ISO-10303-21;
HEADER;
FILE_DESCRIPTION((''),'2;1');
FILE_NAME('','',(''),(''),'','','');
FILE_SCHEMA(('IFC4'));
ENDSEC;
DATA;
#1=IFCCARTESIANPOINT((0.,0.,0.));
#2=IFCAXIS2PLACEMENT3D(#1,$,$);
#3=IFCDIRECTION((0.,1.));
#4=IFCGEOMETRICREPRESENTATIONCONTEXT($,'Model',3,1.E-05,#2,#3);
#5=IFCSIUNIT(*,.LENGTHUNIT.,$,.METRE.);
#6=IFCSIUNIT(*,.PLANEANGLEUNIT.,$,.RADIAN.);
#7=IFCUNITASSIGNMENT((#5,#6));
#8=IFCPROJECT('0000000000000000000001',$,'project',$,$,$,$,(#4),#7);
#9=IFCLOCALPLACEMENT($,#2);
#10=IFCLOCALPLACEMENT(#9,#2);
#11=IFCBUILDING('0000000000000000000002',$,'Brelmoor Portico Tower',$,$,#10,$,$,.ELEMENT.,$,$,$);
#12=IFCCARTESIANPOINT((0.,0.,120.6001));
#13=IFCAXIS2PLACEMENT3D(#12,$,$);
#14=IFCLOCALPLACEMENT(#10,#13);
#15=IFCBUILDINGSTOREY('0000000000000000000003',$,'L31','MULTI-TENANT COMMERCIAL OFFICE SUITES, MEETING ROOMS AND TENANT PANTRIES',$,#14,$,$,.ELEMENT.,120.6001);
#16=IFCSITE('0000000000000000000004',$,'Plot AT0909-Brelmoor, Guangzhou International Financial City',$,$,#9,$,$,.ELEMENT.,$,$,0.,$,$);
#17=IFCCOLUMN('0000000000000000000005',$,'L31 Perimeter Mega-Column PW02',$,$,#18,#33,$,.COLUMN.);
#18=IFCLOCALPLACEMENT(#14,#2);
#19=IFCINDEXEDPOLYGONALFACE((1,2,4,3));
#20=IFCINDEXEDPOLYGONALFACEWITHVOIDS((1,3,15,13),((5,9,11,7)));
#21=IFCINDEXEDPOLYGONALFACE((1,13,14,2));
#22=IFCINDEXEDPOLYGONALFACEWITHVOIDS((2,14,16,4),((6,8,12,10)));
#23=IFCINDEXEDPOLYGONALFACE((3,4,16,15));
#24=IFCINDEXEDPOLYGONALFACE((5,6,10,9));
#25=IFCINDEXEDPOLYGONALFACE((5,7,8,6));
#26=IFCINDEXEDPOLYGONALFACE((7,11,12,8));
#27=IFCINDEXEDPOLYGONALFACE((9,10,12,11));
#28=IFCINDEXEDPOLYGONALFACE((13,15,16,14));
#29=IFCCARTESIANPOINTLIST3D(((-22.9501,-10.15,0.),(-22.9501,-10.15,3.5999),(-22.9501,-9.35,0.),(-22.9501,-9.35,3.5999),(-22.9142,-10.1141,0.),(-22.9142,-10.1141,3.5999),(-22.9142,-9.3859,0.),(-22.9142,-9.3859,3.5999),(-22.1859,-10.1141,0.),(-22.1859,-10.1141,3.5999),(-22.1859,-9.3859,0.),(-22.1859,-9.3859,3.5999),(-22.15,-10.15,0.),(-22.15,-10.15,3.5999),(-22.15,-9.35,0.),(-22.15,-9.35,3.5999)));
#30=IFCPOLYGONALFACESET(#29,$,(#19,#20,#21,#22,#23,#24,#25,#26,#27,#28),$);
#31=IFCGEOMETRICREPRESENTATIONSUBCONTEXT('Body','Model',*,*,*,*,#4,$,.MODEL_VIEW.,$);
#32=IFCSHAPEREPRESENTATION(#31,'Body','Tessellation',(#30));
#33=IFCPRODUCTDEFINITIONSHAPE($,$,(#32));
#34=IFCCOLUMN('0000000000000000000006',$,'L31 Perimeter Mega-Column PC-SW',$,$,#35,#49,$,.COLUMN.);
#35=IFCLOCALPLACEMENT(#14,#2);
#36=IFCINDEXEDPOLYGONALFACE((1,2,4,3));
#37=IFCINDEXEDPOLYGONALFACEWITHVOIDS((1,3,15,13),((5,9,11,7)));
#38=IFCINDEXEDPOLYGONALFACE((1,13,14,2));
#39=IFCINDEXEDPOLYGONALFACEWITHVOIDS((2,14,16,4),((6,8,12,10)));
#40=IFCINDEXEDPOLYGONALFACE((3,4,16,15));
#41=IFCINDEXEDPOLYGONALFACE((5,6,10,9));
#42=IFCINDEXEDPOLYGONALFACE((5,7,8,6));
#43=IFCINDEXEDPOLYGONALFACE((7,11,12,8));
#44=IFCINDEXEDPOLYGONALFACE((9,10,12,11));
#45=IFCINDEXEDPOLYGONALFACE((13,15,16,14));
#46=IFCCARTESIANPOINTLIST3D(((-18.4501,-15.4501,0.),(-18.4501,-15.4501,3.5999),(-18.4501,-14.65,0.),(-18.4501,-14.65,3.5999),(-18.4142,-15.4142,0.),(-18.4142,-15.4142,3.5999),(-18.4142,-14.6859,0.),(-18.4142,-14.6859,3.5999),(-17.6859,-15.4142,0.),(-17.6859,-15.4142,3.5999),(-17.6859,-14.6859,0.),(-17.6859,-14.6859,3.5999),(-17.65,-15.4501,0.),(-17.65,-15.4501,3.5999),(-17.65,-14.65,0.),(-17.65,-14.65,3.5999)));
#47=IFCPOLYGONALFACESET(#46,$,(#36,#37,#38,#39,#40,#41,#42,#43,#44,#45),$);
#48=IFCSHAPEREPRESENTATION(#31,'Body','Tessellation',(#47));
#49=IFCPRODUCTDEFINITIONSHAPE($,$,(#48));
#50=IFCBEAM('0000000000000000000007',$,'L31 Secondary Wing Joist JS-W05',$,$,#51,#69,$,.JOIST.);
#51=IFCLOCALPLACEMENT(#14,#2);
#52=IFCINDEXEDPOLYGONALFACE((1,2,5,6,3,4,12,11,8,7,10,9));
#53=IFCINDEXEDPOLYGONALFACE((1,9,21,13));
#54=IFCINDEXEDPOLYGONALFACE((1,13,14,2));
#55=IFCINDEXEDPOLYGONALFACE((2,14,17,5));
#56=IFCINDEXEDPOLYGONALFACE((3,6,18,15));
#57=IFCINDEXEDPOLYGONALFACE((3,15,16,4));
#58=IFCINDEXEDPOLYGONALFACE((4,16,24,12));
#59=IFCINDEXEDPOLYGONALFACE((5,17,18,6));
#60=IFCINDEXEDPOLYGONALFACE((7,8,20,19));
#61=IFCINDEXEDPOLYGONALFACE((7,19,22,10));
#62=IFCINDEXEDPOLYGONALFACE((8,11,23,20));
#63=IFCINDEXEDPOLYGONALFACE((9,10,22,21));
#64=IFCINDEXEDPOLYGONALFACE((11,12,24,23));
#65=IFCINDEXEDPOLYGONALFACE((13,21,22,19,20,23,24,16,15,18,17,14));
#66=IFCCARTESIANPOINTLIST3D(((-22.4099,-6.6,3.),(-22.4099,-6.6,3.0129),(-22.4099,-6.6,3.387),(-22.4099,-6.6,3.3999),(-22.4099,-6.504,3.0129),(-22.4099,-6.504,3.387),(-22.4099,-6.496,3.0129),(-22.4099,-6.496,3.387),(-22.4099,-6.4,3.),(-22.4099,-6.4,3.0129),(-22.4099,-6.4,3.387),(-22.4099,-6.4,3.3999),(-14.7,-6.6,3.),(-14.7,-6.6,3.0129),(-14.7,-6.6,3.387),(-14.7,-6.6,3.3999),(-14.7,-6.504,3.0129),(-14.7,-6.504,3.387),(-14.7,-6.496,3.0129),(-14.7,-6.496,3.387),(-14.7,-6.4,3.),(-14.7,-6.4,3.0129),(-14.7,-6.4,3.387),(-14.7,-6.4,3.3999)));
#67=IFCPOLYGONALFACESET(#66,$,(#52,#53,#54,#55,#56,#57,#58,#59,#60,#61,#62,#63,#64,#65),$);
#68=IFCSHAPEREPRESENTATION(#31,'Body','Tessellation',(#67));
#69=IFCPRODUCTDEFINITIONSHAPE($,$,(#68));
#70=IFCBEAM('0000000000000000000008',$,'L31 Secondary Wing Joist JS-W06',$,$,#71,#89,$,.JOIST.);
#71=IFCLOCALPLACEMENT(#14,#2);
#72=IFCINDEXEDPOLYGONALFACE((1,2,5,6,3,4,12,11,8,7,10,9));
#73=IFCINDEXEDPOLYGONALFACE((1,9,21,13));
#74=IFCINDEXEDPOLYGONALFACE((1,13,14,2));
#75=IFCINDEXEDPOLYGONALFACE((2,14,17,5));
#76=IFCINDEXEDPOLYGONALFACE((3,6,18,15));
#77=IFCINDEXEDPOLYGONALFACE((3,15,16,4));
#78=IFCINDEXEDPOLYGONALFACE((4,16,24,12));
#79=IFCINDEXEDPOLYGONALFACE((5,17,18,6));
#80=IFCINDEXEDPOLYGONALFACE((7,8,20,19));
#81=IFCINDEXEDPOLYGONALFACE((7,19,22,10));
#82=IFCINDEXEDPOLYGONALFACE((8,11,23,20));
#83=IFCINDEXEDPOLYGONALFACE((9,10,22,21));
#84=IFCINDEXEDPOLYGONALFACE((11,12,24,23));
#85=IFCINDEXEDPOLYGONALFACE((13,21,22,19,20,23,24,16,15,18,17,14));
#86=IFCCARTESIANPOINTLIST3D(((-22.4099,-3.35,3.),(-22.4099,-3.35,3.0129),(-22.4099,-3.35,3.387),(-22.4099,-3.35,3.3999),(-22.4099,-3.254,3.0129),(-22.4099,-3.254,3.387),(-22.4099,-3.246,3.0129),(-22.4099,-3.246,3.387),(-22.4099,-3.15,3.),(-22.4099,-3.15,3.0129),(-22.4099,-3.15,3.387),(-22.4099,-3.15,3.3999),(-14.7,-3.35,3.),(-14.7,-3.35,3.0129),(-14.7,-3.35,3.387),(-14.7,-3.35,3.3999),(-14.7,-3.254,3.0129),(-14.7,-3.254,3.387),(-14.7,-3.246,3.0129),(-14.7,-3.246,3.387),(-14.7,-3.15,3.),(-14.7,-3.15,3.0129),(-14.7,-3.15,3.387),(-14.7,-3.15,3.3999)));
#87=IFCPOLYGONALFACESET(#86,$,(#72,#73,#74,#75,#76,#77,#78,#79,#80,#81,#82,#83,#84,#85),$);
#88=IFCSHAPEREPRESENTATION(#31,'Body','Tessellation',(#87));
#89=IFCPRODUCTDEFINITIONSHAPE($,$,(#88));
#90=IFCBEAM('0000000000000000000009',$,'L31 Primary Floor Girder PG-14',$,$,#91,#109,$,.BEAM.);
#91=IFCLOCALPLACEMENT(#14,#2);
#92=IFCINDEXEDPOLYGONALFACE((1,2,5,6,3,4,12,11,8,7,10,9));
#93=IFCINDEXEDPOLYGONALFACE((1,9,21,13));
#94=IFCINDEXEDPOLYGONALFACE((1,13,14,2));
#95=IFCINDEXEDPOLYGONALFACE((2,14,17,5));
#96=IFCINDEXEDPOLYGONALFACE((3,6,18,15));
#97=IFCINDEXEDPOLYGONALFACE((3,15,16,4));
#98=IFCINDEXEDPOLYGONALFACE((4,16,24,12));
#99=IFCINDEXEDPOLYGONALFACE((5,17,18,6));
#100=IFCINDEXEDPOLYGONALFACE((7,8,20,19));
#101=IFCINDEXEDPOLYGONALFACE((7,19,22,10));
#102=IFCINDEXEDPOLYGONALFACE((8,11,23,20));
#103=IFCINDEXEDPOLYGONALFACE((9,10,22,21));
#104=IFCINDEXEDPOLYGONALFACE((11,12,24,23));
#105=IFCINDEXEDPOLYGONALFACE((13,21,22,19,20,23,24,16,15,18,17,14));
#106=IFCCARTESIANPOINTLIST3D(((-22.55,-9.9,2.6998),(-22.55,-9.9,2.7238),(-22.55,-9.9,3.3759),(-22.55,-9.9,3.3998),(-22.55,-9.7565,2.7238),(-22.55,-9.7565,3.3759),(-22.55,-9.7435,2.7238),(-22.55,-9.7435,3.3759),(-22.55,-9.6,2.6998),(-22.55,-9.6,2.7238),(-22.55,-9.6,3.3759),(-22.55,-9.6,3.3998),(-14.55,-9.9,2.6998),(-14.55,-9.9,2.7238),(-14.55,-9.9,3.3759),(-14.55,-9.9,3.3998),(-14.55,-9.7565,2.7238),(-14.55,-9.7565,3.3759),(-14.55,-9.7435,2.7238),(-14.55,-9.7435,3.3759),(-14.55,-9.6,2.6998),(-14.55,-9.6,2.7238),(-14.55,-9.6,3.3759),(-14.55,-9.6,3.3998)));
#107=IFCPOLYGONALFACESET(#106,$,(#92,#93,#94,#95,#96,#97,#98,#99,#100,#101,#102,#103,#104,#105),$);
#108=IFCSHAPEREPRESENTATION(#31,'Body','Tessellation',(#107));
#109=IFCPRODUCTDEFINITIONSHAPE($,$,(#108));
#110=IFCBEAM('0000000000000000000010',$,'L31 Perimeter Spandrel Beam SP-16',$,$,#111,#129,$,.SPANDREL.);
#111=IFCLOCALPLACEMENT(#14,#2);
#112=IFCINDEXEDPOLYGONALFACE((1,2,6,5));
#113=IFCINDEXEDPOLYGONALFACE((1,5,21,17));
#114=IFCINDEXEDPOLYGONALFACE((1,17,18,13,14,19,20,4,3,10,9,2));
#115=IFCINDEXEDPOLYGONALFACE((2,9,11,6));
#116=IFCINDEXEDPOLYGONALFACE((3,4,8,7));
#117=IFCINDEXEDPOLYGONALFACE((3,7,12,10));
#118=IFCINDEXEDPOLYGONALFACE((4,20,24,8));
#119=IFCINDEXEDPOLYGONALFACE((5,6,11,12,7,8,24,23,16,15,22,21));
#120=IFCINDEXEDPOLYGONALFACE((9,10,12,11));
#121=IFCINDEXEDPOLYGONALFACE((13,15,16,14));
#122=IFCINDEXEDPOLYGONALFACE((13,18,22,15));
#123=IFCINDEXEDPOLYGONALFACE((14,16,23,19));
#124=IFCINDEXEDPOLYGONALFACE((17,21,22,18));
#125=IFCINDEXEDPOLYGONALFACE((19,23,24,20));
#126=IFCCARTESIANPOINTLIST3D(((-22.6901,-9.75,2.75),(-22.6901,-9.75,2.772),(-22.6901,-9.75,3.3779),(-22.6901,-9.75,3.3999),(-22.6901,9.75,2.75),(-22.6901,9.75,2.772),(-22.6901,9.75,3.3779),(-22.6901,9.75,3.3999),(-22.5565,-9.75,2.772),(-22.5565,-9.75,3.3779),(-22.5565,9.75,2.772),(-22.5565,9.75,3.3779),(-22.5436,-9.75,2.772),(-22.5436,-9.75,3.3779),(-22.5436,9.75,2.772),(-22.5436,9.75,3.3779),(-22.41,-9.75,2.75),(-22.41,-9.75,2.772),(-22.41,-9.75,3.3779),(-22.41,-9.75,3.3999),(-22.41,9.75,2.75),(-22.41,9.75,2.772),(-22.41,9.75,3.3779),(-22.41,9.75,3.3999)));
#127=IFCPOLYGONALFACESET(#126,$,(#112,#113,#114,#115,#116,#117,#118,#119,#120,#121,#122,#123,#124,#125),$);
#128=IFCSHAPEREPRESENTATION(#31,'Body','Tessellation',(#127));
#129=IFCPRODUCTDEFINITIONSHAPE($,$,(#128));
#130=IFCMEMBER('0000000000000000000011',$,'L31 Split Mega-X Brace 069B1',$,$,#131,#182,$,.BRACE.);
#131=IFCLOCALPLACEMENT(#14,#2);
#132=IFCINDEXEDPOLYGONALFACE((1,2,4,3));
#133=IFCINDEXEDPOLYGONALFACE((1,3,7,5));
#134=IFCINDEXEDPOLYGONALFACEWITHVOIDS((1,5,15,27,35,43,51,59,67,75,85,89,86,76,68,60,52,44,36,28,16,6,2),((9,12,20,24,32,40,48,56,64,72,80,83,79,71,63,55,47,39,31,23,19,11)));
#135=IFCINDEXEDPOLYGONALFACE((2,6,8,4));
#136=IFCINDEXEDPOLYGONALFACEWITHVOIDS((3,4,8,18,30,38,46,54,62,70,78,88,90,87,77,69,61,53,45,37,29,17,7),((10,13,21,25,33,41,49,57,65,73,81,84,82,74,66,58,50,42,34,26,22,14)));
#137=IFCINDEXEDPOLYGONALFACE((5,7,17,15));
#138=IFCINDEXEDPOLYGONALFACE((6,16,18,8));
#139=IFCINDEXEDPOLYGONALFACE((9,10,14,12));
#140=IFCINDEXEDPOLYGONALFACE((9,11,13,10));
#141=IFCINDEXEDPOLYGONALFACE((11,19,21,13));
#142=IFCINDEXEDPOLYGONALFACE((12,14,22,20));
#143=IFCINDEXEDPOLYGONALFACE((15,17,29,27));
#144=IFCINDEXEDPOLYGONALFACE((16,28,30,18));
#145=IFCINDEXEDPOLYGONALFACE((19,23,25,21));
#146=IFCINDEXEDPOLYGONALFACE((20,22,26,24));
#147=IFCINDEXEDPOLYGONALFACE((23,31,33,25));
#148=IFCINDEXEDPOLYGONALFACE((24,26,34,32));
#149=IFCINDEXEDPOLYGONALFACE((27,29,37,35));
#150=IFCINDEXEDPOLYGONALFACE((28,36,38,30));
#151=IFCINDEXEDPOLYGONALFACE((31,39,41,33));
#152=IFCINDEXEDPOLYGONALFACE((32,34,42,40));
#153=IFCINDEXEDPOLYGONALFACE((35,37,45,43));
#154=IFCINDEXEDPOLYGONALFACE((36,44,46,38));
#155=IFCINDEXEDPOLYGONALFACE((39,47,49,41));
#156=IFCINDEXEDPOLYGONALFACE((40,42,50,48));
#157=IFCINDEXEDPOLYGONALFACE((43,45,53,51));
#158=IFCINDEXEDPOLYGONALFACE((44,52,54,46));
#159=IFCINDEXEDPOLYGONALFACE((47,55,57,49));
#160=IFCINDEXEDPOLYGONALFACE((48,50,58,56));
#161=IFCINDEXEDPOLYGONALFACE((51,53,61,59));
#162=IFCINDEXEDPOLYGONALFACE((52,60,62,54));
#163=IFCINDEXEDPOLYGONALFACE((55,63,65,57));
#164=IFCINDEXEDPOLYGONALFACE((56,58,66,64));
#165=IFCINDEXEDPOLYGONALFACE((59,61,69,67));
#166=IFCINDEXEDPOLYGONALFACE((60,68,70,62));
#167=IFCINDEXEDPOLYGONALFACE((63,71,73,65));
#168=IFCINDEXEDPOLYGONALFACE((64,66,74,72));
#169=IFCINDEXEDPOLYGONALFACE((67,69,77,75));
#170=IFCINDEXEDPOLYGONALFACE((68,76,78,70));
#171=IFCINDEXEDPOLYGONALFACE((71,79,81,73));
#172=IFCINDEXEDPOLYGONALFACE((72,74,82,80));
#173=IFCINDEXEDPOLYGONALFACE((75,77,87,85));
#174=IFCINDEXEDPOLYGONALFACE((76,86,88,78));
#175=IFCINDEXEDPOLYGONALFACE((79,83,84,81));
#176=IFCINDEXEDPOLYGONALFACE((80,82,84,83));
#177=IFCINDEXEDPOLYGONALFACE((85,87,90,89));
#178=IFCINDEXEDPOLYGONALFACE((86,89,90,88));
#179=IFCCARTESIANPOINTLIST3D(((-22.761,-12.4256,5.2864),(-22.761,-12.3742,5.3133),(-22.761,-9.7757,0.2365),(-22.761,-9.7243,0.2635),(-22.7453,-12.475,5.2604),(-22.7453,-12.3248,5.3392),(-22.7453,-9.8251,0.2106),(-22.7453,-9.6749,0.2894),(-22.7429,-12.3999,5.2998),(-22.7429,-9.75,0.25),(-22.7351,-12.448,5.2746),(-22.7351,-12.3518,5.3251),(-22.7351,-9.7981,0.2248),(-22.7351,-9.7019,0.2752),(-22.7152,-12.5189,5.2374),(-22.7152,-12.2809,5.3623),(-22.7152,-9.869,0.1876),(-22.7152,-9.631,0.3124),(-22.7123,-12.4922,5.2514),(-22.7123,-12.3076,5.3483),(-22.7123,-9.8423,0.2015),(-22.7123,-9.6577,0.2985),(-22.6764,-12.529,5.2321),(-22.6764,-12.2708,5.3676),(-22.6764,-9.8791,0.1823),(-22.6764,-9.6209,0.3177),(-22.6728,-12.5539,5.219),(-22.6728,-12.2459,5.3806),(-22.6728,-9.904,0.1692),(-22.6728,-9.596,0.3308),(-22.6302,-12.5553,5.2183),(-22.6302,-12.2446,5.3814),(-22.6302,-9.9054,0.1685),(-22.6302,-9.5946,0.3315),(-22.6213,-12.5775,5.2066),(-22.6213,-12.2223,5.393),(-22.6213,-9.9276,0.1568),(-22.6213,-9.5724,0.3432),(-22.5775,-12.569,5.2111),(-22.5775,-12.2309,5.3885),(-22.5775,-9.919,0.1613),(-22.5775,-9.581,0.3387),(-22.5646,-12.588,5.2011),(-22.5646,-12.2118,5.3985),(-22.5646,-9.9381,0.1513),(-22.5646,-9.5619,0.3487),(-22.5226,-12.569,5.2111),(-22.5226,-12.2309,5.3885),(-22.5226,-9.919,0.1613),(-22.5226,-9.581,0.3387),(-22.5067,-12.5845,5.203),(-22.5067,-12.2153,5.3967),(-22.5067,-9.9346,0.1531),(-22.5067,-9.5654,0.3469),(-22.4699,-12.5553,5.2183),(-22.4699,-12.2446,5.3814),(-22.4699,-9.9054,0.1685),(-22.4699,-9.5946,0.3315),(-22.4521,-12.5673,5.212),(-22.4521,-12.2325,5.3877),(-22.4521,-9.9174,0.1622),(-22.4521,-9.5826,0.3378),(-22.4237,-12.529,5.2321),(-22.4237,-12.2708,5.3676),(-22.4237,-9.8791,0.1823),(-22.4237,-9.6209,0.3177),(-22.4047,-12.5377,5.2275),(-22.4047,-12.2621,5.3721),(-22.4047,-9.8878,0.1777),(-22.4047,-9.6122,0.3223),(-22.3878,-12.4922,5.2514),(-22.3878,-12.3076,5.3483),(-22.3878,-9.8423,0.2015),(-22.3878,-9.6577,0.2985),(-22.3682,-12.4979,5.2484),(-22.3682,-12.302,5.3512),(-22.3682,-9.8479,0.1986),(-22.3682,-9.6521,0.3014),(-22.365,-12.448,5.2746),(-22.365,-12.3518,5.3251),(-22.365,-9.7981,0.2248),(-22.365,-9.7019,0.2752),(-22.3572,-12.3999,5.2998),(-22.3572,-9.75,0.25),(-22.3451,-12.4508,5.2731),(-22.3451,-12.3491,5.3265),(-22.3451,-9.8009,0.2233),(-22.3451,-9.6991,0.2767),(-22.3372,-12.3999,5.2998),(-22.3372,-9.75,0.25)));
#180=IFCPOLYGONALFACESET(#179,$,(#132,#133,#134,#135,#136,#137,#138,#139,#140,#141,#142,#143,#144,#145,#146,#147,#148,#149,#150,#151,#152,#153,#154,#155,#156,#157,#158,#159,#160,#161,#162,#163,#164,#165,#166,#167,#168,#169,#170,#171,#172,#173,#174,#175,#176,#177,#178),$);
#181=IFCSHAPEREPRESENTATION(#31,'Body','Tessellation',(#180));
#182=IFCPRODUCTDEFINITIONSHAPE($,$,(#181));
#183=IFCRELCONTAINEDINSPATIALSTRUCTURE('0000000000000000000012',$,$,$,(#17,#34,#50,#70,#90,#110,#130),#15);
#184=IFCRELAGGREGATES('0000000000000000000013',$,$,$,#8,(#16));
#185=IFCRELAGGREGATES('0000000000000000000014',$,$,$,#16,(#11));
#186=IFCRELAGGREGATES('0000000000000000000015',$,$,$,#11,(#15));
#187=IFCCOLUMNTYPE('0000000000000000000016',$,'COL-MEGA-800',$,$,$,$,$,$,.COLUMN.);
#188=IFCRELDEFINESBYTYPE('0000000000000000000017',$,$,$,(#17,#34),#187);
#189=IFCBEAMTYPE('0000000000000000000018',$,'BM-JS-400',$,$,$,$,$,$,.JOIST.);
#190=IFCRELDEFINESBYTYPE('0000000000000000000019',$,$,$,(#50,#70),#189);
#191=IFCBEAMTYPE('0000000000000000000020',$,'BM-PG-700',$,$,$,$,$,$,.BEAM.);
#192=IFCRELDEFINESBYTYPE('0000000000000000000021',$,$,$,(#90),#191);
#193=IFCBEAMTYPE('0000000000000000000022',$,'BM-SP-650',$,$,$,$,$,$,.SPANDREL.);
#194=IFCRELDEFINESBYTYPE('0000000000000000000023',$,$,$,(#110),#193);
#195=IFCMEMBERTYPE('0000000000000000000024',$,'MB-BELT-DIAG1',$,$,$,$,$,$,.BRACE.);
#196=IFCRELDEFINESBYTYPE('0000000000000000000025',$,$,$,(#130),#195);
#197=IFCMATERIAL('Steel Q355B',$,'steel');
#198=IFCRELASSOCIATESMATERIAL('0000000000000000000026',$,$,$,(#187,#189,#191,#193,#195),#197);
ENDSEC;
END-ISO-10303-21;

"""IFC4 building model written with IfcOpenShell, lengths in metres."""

from ifc_helpers import new_model, si_unit, direction, frame, origin, origin_2d, place, context, subcontext, project, spatial, hollow_rectangle, hollow_circle, i_section, extrude, material, material_profile, profile_set, type_object, element, save


model = new_model("IFC4")

# Units and contexts
model_context = context("Model", 3, precision=1e-05, world=origin(), true_north=direction((0.0, 1.0)))
body_context = subcontext(model_context, "Body", "Model", "MODEL_VIEW")
ifc_project = project(units=[si_unit("LENGTHUNIT", "METRE"), si_unit("PLANEANGLEUNIT", "RADIAN")], contexts=[model_context])

# Site, building, storey
site_placement = place(None, origin())
site = spatial("IfcSite", under=ifc_project, at=site_placement, Name="Plot AT0909-Brelmoor, Guangzhou International Financial City", CompositionType="ELEMENT", RefElevation=0.0)
building_placement = place(site_placement, origin())
building = spatial("IfcBuilding", under=site, at=building_placement, Name="Brelmoor Portico Tower", CompositionType="ELEMENT")
storey_placement = place(building_placement, frame((0.0, 0.0, 120.6001)))
storey = spatial("IfcBuildingStorey", under=building, at=storey_placement, Name="L31", Description="MULTI-TENANT COMMERCIAL OFFICE SUITES, MEETING ROOMS AND TENANT PANTRIES", CompositionType="ELEMENT", Elevation=120.6001)

# Columns
ifc_material_1 = material(Name="Steel Q355B", Category="steel")
ifc_material_profile_1 = material_profile(ifc_material_1, hollow_rectangle(XDim=0.8, YDim=0.8, WallThickness=0.0359, at=origin_2d()), Name="BOX 800x800x36")
ifc_profile_set_1 = profile_set([ifc_material_profile_1], Name="Steel Q355B")
column_type = type_object("IfcColumnType", Name="COL-MEGA-800", PredefinedType="COLUMN", material=ifc_profile_set_1)
for number, where, z_axis, x_axis, name in (
    (1, (-22.55, -9.75, 0.0), (0.0, 0.0, 1.0), (0.0, 1.0, 0.0), "L31 Perimeter Mega-Column PW02"),
    (2, (-18.05, -15.05, 0.0), (0.0, 0.0, 1.0), (1.0, 0.0, 0.0), "L31 Perimeter Mega-Column PC-SW"),
):
    element("IfcColumn", number, at=place(storey_placement, frame(where, z_axis=z_axis, x_axis=x_axis)), inside=storey, type_object=column_type, Name=name, PredefinedType="COLUMN", context=body_context, shape_type="SweptSolid", body=[
        extrude(hollow_rectangle(XDim=0.8, YDim=0.8, WallThickness=0.0359, at=origin_2d()), origin(), (0.0, 0.0, 1.0), 3.5999),
    ])

# Beams
ifc_material_profile_2 = material_profile(ifc_material_1, i_section(OverallWidth=0.2, OverallDepth=0.3999, WebThickness=0.0081, FlangeThickness=0.0129, at=origin_2d()), Name="HN 400x200x8x13")
ifc_profile_set_2 = profile_set([ifc_material_profile_2], Name="Steel Q355B")
beam_type_1 = type_object("IfcBeamType", Name="BM-JS-400", PredefinedType="JOIST", material=ifc_profile_set_2)
for number, where, z_axis, x_axis, name in (
    (3, (-22.4099, -6.5, 3.2), (1.0, 0.0, 0.0), (0.0, 1.0, 0.0), "L31 Secondary Wing Joist JS-W05"),
    (4, (-22.4099, -3.25, 3.2), (1.0, 0.0, 0.0), (0.0, 1.0, 0.0), "L31 Secondary Wing Joist JS-W06"),
):
    element("IfcBeam", number, at=place(storey_placement, frame(where, z_axis=z_axis, x_axis=x_axis)), inside=storey, type_object=beam_type_1, Name=name, PredefinedType="JOIST", context=body_context, shape_type="SweptSolid", body=[
        extrude(i_section(OverallWidth=0.2, OverallDepth=0.3999, WebThickness=0.0081, FlangeThickness=0.0129, at=origin_2d()), origin(), (0.0, 0.0, 1.0), 7.71),
    ])
ifc_material_profile_3 = material_profile(ifc_material_1, i_section(OverallWidth=0.3, OverallDepth=0.7, WebThickness=0.0129, FlangeThickness=0.0239, at=origin_2d()), Name="HN 700x300x13x24")
ifc_profile_set_3 = profile_set([ifc_material_profile_3], Name="Steel Q355B")
beam_type_2 = type_object("IfcBeamType", Name="BM-PG-700", PredefinedType="BEAM", material=ifc_profile_set_3)
beam_1_placement = place(storey_placement, frame((-22.55, -9.75, 3.0498), z_axis=(1.0, 0.0, 0.0), x_axis=(0.0, 1.0, 0.0)))
element("IfcBeam", 5, at=beam_1_placement, inside=storey, type_object=beam_type_2, Name="L31 Primary Floor Girder PG-14", PredefinedType="BEAM", context=body_context, shape_type="SweptSolid", body=[
    extrude(i_section(OverallWidth=0.3, OverallDepth=0.7, WebThickness=0.0129, FlangeThickness=0.0239, at=origin_2d()), origin(), (0.0, 0.0, 1.0), 8.0),
])
ifc_material_profile_4 = material_profile(ifc_material_1, i_section(OverallWidth=0.28, OverallDepth=0.6499, WebThickness=0.0129, FlangeThickness=0.022, at=origin_2d()), Name="HN 650x280x13x22")
ifc_profile_set_4 = profile_set([ifc_material_profile_4], Name="Steel Q355B")
beam_type_3 = type_object("IfcBeamType", Name="BM-SP-650", PredefinedType="SPANDREL", material=ifc_profile_set_4)
beam_2_placement = place(storey_placement, frame((-22.55, -9.75, 3.075), z_axis=(0.0, 1.0, 0.0), x_axis=(-1.0, 0.0, 0.0)))
element("IfcBeam", 6, at=beam_2_placement, inside=storey, type_object=beam_type_3, Name="L31 Perimeter Spandrel Beam SP-16", PredefinedType="SPANDREL", context=body_context, shape_type="SweptSolid", body=[
    extrude(i_section(OverallWidth=0.28, OverallDepth=0.6499, WebThickness=0.0129, FlangeThickness=0.022, at=origin_2d()), origin(), (0.0, 0.0, 1.0), 19.5),
])

# Member
ifc_material_profile_5 = material_profile(ifc_material_1, hollow_circle(Radius=0.2129, WallThickness=0.02, at=origin_2d()), Name="CHS 426x20")
ifc_profile_set_5 = profile_set([ifc_material_profile_5], Name="Steel Q355B")
member_type_1 = type_object("IfcMemberType", Name="MB-BELT-DIAG1", PredefinedType="BRACE", material=ifc_profile_set_5)
member_1_placement = place(storey_placement, frame((-22.55, -9.75, 0.25), z_axis=(0.0, -0.464663, 0.885488), x_axis=(1.0, 0.0, 0.0)))
element("IfcMember", 7, at=member_1_placement, inside=storey, type_object=member_type_1, Name="L31 Split Mega-X Brace 069B1", PredefinedType="BRACE", context=body_context, shape_type="SweptSolid", body=[
    extrude(hollow_circle(Radius=0.2129, WallThickness=0.02, at=origin_2d()), origin(), (0.0, 0.0, 1.0), 5.7029),
])

save(model, "model.ifc")
